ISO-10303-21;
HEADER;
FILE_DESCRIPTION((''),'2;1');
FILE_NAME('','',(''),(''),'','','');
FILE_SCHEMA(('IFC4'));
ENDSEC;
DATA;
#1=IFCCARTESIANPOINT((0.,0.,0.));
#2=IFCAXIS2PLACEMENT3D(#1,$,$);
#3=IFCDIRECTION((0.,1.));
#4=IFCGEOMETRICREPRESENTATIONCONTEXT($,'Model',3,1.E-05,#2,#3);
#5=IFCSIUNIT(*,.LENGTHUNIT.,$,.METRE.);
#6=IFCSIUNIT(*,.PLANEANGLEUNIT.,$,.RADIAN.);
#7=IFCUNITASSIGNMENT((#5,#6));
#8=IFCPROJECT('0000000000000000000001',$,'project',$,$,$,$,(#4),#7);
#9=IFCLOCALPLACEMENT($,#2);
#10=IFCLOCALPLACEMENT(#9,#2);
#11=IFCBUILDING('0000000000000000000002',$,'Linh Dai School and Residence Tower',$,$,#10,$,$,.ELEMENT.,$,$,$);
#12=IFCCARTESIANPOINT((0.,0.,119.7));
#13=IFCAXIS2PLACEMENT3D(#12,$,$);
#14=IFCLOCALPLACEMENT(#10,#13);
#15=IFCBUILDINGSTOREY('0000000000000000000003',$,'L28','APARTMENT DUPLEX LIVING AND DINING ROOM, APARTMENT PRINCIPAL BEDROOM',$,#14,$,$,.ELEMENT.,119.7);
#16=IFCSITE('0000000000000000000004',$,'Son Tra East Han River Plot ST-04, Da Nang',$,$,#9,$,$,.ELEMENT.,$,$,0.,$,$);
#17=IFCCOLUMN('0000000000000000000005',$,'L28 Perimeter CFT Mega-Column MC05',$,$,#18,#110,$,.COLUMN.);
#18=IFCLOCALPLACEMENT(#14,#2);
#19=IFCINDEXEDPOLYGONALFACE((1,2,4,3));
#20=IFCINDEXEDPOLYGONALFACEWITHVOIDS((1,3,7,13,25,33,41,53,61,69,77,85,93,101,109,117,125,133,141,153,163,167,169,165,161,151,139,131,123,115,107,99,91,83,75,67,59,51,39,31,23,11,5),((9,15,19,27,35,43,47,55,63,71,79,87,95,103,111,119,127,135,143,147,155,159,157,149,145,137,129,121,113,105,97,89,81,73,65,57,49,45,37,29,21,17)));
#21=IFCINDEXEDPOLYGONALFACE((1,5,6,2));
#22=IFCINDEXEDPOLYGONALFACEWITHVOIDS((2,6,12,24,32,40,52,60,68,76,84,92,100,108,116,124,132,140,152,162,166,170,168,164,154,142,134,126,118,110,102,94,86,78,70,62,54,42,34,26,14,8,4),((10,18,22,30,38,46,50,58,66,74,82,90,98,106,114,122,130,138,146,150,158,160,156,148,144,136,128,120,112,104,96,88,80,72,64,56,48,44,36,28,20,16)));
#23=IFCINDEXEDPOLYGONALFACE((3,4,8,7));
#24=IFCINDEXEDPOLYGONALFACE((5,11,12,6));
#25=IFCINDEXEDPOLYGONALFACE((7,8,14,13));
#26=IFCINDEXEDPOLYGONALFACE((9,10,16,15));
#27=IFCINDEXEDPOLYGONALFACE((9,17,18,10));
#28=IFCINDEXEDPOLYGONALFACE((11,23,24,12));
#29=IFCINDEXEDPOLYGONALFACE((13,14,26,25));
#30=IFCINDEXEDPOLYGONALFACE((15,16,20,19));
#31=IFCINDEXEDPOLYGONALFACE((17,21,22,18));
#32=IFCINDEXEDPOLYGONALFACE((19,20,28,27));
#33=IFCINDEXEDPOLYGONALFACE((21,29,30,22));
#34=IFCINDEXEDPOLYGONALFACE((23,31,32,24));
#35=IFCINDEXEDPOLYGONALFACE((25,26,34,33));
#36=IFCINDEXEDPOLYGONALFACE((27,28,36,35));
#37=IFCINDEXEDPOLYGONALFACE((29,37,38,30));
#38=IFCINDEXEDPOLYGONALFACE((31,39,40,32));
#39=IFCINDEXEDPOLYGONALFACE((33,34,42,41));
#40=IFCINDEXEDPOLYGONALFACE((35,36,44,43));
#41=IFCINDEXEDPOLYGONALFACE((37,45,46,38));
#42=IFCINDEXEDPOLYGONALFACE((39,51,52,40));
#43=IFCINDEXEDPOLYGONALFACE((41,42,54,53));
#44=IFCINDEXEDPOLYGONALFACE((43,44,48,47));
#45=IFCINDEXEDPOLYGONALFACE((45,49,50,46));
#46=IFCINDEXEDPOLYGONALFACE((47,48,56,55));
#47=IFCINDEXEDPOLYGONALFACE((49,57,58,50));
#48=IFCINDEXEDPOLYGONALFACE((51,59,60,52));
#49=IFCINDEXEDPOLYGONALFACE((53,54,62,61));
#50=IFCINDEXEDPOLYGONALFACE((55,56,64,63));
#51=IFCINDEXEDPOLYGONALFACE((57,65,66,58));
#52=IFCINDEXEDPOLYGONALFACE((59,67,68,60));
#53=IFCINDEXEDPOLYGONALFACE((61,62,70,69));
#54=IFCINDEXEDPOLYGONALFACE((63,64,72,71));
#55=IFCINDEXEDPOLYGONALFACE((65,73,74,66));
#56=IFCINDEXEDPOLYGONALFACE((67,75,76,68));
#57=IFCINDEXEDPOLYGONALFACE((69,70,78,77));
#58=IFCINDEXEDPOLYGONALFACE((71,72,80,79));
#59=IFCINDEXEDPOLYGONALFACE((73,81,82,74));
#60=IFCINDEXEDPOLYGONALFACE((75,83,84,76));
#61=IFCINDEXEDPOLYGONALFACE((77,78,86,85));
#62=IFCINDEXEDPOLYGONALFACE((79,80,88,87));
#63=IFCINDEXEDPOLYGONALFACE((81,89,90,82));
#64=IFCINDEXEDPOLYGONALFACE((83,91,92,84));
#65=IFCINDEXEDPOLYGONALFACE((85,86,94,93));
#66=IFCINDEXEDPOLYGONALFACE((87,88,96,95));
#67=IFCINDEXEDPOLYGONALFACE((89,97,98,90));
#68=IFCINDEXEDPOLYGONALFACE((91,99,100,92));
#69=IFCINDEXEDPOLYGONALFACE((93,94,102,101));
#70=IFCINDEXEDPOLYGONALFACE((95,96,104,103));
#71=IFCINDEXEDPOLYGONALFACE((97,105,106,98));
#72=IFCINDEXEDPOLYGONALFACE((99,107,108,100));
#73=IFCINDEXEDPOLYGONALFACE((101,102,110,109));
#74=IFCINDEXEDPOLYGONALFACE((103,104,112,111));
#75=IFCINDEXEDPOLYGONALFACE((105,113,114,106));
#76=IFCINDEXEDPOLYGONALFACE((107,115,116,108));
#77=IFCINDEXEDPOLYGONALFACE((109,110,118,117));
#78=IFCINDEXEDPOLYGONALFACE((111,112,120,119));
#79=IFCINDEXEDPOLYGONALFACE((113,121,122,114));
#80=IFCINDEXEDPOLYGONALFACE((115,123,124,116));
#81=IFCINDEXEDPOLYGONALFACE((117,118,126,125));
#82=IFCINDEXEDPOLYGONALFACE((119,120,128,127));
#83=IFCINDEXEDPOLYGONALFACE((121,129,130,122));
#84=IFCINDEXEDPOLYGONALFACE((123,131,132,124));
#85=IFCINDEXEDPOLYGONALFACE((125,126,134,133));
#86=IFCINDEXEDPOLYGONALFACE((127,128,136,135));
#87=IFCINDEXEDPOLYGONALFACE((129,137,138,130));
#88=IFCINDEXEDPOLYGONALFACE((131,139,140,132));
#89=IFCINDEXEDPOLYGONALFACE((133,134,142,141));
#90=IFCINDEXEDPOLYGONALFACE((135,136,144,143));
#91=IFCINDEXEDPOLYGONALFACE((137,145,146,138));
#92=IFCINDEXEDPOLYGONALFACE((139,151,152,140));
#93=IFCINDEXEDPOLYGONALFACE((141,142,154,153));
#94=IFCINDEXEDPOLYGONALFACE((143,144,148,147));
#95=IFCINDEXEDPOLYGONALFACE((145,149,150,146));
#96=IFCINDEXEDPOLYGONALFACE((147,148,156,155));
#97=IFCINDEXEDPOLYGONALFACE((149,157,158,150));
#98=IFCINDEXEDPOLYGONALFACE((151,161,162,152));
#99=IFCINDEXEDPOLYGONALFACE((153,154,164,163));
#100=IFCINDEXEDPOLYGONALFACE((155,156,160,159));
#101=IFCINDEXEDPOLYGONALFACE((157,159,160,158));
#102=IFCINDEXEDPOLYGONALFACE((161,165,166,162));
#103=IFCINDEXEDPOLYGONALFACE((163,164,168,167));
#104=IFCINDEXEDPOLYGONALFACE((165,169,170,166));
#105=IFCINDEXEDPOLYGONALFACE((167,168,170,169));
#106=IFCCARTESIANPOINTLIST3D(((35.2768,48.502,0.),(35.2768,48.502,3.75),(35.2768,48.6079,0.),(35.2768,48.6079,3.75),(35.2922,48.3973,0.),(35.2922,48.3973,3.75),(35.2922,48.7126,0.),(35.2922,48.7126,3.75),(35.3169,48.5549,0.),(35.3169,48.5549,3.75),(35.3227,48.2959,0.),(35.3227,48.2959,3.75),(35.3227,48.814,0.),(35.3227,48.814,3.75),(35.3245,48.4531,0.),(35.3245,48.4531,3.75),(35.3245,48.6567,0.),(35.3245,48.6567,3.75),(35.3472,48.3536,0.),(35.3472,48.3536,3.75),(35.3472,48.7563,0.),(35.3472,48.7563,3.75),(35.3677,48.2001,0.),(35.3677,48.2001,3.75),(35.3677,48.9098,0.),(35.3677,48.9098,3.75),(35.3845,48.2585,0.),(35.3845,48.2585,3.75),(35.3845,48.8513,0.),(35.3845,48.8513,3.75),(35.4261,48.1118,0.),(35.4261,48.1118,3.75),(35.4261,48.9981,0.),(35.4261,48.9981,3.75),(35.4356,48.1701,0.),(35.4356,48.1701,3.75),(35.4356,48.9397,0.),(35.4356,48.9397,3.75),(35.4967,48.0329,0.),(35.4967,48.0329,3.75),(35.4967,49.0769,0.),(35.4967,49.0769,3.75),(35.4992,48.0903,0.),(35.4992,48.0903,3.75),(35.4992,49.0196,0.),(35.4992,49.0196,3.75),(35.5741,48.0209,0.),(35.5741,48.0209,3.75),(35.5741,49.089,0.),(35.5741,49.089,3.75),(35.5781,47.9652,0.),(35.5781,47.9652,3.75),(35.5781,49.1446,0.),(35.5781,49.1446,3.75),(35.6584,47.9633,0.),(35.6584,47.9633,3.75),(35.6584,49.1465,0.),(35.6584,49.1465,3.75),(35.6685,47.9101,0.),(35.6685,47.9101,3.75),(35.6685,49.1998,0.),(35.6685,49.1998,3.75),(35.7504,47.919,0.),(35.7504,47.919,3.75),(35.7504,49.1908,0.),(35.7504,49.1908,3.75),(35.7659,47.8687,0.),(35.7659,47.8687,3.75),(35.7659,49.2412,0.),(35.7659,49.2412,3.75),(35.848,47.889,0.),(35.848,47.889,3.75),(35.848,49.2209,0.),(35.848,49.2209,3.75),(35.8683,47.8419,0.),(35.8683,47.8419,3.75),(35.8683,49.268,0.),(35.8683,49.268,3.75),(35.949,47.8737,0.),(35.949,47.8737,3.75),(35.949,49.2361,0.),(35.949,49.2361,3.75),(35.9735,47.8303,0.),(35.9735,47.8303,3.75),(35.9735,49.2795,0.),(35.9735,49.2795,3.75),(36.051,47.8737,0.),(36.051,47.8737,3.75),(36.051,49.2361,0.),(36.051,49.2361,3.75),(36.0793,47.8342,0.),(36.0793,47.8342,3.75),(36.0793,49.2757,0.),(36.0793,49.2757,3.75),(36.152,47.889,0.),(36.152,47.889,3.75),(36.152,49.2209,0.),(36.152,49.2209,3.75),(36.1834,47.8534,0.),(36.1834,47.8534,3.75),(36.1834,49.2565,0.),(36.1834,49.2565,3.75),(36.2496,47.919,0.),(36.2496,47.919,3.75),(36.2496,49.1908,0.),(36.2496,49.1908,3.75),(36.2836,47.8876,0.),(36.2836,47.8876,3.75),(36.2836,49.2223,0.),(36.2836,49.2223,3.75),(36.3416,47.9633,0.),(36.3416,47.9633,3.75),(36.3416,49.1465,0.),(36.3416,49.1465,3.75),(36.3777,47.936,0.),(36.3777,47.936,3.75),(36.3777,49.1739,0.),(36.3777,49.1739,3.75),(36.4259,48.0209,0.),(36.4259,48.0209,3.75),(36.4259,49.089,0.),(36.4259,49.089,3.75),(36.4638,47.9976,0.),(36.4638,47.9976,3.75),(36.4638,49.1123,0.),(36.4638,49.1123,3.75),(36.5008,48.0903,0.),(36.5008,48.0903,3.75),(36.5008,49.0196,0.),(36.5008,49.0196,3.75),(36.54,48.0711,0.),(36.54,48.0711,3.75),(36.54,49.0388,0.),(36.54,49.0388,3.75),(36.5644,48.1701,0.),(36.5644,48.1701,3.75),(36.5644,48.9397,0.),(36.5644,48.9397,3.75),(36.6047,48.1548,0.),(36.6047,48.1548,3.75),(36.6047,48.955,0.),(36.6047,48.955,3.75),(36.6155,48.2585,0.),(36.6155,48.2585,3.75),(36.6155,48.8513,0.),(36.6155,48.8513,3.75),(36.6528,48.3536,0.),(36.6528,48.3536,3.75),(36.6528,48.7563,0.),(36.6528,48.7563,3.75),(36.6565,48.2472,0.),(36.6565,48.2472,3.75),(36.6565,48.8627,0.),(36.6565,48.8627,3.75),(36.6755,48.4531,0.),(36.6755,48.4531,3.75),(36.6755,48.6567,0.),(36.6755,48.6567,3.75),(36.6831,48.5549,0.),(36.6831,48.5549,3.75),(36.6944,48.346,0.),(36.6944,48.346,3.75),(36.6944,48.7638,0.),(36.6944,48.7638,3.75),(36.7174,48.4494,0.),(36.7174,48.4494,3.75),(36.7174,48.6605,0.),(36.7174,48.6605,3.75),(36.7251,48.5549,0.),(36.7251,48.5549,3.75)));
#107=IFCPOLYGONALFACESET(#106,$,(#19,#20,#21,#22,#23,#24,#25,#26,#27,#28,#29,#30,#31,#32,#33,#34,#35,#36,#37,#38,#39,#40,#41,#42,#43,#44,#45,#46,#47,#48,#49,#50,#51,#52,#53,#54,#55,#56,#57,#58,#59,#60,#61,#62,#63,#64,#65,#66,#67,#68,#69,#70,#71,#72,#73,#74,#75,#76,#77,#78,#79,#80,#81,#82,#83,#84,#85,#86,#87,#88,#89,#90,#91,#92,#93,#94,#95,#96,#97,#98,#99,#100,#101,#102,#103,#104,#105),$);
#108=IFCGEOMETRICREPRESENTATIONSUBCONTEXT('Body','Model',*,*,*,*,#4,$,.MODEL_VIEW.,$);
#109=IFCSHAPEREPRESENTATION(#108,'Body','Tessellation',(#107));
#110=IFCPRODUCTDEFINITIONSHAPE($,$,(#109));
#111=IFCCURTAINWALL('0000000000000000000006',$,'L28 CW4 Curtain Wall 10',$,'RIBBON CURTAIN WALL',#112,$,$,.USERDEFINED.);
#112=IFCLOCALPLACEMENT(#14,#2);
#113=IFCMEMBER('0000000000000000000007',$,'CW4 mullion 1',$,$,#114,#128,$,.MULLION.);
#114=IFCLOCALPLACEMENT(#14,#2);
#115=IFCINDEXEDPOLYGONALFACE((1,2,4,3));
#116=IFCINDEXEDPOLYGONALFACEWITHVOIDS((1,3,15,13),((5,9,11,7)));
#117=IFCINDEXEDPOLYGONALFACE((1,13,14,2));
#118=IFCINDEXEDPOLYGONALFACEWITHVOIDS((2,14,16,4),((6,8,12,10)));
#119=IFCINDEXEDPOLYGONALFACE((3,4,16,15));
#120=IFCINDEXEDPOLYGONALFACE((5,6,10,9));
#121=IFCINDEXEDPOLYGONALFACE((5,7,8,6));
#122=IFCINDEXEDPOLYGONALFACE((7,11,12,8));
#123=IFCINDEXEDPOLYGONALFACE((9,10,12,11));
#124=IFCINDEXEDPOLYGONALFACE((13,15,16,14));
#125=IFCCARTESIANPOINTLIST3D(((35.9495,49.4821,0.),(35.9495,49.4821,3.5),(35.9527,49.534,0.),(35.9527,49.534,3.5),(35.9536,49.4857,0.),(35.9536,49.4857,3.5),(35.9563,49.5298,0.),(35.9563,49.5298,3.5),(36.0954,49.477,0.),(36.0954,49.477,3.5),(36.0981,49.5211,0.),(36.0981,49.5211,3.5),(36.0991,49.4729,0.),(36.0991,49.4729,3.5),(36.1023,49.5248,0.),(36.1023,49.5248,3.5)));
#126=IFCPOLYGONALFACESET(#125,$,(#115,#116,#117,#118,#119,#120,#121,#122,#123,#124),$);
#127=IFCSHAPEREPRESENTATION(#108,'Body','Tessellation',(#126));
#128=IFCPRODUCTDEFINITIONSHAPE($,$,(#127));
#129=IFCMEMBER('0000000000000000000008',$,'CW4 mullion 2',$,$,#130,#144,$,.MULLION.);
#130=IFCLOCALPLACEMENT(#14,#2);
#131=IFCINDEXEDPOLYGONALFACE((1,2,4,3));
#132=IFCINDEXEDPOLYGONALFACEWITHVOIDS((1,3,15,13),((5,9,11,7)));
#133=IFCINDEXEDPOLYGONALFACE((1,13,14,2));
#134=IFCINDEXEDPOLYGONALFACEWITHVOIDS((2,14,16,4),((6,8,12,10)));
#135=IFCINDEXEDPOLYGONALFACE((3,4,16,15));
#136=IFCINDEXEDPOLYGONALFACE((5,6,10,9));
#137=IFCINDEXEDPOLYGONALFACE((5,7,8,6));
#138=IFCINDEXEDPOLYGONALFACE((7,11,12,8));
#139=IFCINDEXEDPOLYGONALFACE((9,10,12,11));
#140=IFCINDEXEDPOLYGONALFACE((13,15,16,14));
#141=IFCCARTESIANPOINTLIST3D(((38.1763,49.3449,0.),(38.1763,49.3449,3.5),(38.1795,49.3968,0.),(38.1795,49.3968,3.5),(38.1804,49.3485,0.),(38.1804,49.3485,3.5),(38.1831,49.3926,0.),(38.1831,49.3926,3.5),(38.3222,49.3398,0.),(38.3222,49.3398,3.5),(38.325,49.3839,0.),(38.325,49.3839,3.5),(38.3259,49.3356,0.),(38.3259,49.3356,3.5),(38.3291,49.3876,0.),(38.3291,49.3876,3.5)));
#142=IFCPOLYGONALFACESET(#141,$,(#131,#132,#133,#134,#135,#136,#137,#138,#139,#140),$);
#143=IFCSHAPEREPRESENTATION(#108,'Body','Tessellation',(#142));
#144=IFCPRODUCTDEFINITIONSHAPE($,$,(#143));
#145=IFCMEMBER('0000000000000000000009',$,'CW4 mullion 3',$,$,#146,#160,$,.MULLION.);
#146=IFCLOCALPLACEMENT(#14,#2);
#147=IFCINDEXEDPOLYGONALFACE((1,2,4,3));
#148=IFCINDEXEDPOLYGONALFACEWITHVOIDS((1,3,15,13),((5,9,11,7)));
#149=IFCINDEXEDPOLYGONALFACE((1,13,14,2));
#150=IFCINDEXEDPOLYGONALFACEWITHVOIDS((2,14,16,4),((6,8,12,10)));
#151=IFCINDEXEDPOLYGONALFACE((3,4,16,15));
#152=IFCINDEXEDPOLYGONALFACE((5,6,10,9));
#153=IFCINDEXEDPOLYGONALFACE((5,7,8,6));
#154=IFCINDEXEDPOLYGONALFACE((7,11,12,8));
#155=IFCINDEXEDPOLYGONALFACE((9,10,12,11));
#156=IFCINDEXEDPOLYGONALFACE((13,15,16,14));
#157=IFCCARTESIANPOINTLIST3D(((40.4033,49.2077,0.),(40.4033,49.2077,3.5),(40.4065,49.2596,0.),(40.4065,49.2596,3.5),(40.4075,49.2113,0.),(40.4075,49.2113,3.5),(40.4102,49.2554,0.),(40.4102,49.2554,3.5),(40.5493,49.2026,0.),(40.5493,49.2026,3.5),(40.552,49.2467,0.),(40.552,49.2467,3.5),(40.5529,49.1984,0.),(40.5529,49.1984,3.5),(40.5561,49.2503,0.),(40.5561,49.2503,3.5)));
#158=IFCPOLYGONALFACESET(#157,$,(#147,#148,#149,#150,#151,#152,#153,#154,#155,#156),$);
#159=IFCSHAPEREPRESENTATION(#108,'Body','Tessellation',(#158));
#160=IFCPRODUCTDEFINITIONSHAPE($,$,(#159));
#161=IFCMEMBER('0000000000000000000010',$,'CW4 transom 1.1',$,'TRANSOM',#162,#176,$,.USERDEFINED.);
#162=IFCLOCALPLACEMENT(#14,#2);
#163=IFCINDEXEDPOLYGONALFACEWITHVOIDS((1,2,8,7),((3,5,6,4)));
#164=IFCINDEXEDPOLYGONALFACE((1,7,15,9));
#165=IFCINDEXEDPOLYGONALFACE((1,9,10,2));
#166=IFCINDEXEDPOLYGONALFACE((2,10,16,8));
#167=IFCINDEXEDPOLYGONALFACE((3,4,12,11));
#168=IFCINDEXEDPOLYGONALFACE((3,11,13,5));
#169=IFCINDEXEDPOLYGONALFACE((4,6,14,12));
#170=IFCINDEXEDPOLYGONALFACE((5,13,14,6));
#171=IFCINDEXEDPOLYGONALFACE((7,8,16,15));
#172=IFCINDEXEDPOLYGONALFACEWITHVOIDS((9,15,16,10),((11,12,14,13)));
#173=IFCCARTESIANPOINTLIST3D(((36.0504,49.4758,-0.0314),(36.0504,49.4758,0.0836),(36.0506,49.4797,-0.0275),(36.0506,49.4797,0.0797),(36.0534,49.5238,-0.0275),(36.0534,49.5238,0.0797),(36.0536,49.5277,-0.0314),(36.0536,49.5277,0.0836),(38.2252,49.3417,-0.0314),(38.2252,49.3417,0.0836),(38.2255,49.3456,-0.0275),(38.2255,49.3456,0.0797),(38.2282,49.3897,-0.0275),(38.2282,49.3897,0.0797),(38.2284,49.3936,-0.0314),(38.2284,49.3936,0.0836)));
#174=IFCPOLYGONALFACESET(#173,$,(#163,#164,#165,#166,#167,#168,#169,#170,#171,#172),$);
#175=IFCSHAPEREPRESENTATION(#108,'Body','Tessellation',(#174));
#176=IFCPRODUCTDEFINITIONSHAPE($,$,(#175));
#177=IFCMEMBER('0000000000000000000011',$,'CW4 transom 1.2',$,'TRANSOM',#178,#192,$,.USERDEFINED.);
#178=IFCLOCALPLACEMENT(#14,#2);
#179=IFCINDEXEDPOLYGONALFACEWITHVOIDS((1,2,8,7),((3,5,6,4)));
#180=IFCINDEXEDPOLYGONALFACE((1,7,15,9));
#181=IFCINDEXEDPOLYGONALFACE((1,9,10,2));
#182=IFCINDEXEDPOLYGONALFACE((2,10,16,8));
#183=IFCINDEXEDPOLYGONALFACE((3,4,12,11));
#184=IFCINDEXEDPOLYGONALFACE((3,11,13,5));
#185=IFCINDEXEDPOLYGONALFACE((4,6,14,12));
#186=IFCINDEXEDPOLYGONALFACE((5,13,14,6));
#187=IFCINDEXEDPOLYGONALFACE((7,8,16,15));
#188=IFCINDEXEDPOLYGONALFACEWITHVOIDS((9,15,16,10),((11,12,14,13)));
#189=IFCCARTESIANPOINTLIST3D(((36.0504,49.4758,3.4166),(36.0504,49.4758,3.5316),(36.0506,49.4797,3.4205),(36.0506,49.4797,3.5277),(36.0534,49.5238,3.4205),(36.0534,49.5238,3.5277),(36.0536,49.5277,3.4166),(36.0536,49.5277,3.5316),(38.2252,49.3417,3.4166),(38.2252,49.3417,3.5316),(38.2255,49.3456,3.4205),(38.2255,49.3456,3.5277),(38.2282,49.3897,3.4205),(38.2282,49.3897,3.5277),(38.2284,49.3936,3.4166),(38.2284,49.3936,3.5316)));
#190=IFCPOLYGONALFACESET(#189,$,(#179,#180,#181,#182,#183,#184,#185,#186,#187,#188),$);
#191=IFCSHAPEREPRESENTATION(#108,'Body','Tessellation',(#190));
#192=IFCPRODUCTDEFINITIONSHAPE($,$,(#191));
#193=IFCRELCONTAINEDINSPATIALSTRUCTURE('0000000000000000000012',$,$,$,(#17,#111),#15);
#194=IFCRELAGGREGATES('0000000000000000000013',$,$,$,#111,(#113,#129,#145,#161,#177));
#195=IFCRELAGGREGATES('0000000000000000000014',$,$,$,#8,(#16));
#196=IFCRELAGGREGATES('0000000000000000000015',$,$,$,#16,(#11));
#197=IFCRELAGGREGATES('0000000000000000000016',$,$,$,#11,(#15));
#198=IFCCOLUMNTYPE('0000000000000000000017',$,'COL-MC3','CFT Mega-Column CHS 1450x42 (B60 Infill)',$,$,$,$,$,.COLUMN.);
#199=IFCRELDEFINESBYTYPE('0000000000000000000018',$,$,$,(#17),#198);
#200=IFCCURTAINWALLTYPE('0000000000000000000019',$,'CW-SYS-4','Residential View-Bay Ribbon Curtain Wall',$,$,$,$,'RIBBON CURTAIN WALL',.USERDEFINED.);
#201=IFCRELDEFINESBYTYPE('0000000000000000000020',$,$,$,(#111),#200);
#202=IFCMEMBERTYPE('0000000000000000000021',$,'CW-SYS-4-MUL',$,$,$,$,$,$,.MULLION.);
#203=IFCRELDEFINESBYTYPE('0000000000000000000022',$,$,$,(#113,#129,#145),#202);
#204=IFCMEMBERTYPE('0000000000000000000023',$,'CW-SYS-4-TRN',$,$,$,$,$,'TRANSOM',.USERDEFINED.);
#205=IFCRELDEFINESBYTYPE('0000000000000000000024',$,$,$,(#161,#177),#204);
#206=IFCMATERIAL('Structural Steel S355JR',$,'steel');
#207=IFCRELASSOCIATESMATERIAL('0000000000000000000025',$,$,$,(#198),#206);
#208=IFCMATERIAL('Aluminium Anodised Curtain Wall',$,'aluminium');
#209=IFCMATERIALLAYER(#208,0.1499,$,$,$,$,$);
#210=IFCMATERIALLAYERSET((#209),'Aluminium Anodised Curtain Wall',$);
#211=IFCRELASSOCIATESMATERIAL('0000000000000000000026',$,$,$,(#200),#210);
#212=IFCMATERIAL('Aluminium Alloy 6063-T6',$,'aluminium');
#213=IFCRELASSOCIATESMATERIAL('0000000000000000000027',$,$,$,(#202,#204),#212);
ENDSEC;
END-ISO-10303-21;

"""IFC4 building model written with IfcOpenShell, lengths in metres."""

from ifc_helpers import new_model, si_unit, direction, frame, origin, origin_2d, place, context, subcontext, project, spatial, hollow_rectangle, hollow_circle, extrude, source, transform, mapped, material, layer, layer_set, material_profile, profile_set, type_object, element, aggregate, save


model = new_model("IFC4")

# Units and contexts
model_context = context("Model", 3, precision=1e-05, world=origin(), true_north=direction((0.0, 1.0)))
body_context = subcontext(model_context, "Body", "Model", "MODEL_VIEW")
ifc_project = project(units=[si_unit("LENGTHUNIT", "METRE"), si_unit("PLANEANGLEUNIT", "RADIAN")], contexts=[model_context])

# Site, building, storey
site_placement = place(None, origin())
site = spatial("IfcSite", under=ifc_project, at=site_placement, Name="Son Tra East Han River Plot ST-04, Da Nang", CompositionType="ELEMENT", RefElevation=0.0)
building_placement = place(site_placement, origin())
building = spatial("IfcBuilding", under=site, at=building_placement, Name="Linh Dai School and Residence Tower", CompositionType="ELEMENT")
storey_placement = place(building_placement, frame((0.0, 0.0, 119.7)))
storey = spatial("IfcBuildingStorey", under=building, at=storey_placement, Name="L28", Description="APARTMENT DUPLEX LIVING AND DINING ROOM, APARTMENT PRINCIPAL BEDROOM", CompositionType="ELEMENT", Elevation=119.7)

# Column
ifc_material_1 = material(Name="Structural Steel S355JR", Category="steel")
ifc_material_profile_1 = material_profile(ifc_material_1, hollow_circle(Radius=0.7251, WallThickness=0.042, at=origin_2d()), Name="CHS 1450x42")
ifc_profile_set_1 = profile_set([ifc_material_profile_1], Name="Structural Steel S355JR")
column_type = type_object("IfcColumnType", Name="COL-MC3", Description="CFT Mega-Column CHS 1450x42 (B60 Infill)", PredefinedType="COLUMN", material=ifc_profile_set_1)
column_placement = place(storey_placement, frame((36.0, 48.5549, 0.0), z_axis=(0.0, 0.0, 1.0), x_axis=(1.0, 0.0, 0.0)))
element("IfcColumn", 1, at=column_placement, inside=storey, type_object=column_type, Name="L28 Perimeter CFT Mega-Column MC05", PredefinedType="COLUMN", context=body_context, shape_type="SweptSolid", body=[
    extrude(hollow_circle(Radius=0.7251, WallThickness=0.042, at=origin_2d()), origin(), (0.0, 0.0, 1.0), 3.75),
])

# Curtain wall, members
ifc_material_2 = material(Name="Aluminium Anodised Curtain Wall", Category="aluminium")
ifc_layer_1 = layer(ifc_material_2, 0.1499)
ifc_layer_set_1 = layer_set([ifc_layer_1], Name="Aluminium Anodised Curtain Wall")
curtain_wall_type = type_object("IfcCurtainWallType", Name="CW-SYS-4", Description="Residential View-Bay Ribbon Curtain Wall", ElementType="RIBBON CURTAIN WALL", PredefinedType="USERDEFINED", material=ifc_layer_set_1)
curtain_wall_placement = place(storey_placement, origin())
curtain_wall = element("IfcCurtainWall", 2, at=curtain_wall_placement, inside=storey, type_object=curtain_wall_type, Name="L28 CW4 Curtain Wall 10", ObjectType="RIBBON CURTAIN WALL", PredefinedType="USERDEFINED")
ifc_material_3 = material(Name="Aluminium Alloy 6063-T6", Category="aluminium")
ifc_material_profile_2 = material_profile(ifc_material_3, hollow_rectangle(XDim=0.052, YDim=0.1499, WallThickness=0.0039, at=origin_2d()), Name="RHS 150x52x4")
ifc_profile_set_2 = profile_set([ifc_material_profile_2], Name="Aluminium Alloy 6063-T6")
member_type_1 = type_object("IfcMemberType", Name="CW-SYS-4-MUL", PredefinedType="MULLION", material=ifc_profile_set_2)
shared_shape_1 = source(origin(), body_context, "Body", "SweptSolid", [
    extrude(hollow_rectangle(XDim=0.052, YDim=0.1499, WallThickness=0.0039, at=origin_2d()), origin(), (0.0, 0.0, 1.0), 3.5),
])
member_1_placement = place(storey_placement, frame((36.0259, 49.5034, 0.0), z_axis=(0.0, 0.0, 1.0), x_axis=(0.061509, 0.998107, 0.0)))
member_1 = element("IfcMember", 3, at=member_1_placement, type_object=member_type_1, Name="CW4 mullion 1", PredefinedType="MULLION", context=body_context, shape_type="MappedRepresentation", body=[
    mapped(shared_shape_1, transform((0.0, 0.0, 0.0), x_axis=(1.0, 0.0, 0.0), y_axis=(0.0, 1.0, 0.0), z_axis=(0.0, 0.0, 1.0), scale=1.0)),
])
member_2_placement = place(storey_placement, frame((38.2527, 49.3662, 0.0), z_axis=(0.0, 0.0, 1.0), x_axis=(0.061509, 0.998107, 0.0)))
member_2 = element("IfcMember", 4, at=member_2_placement, type_object=member_type_1, Name="CW4 mullion 2", PredefinedType="MULLION", context=body_context, shape_type="MappedRepresentation", body=[
    mapped(shared_shape_1, transform((0.0, 0.0, 0.0), x_axis=(1.0, 0.0, 0.0), y_axis=(0.0, 1.0, 0.0), z_axis=(0.0, 0.0, 1.0), scale=1.0)),
])
member_3_placement = place(storey_placement, frame((40.4797, 49.229, 0.0), z_axis=(0.0, 0.0, 1.0), x_axis=(0.061509, 0.998107, 0.0)))
member_3 = element("IfcMember", 5, at=member_3_placement, type_object=member_type_1, Name="CW4 mullion 3", PredefinedType="MULLION", context=body_context, shape_type="MappedRepresentation", body=[
    mapped(shared_shape_1, transform((0.0, 0.0, 0.0), x_axis=(1.0, 0.0, 0.0), y_axis=(0.0, 1.0, 0.0), z_axis=(0.0, 0.0, 1.0), scale=1.0)),
])
ifc_material_profile_3 = material_profile(ifc_material_3, hollow_rectangle(XDim=0.052, YDim=0.115, WallThickness=0.0039, at=origin_2d()), Name="RHS 115x52x4")
ifc_profile_set_3 = profile_set([ifc_material_profile_3], Name="Aluminium Alloy 6063-T6")
member_type_2 = type_object("IfcMemberType", Name="CW-SYS-4-TRN", ElementType="TRANSOM", PredefinedType="USERDEFINED", material=ifc_profile_set_3)
shared_shape_2 = source(origin(), body_context, "Body", "SweptSolid", [
    extrude(hollow_rectangle(XDim=0.052, YDim=0.115, WallThickness=0.0039, at=origin_2d()), origin(), (0.0, 0.0, 1.0), 2.179),
])
member_4_placement = place(storey_placement, frame((36.052, 49.5017, 0.0261), z_axis=(0.998106, -0.061513, 0.0), x_axis=(0.061513, 0.998106, 0.0)))
member_4 = element("IfcMember", 6, at=member_4_placement, type_object=member_type_2, Name="CW4 transom 1.1", ObjectType="TRANSOM", PredefinedType="USERDEFINED", context=body_context, shape_type="MappedRepresentation", body=[
    mapped(shared_shape_2, transform((0.0, 0.0, 0.0), x_axis=(1.0, 0.0, 0.0), y_axis=(0.0, 1.0, 0.0), z_axis=(0.0, 0.0, 1.0), scale=1.0)),
])
member_5_placement = place(storey_placement, frame((36.052, 49.5017, 3.4741), z_axis=(0.998106, -0.061513, 0.0), x_axis=(0.061513, 0.998106, 0.0)))
member_5 = element("IfcMember", 7, at=member_5_placement, type_object=member_type_2, Name="CW4 transom 1.2", ObjectType="TRANSOM", PredefinedType="USERDEFINED", context=body_context, shape_type="MappedRepresentation", body=[
    mapped(shared_shape_2, transform((0.0, 0.0, 0.0), x_axis=(1.0, 0.0, 0.0), y_axis=(0.0, 1.0, 0.0), z_axis=(0.0, 0.0, 1.0), scale=1.0)),
])

aggregate(curtain_wall, [member_1, member_2, member_3, member_4, member_5])

save(model, "model.ifc")
